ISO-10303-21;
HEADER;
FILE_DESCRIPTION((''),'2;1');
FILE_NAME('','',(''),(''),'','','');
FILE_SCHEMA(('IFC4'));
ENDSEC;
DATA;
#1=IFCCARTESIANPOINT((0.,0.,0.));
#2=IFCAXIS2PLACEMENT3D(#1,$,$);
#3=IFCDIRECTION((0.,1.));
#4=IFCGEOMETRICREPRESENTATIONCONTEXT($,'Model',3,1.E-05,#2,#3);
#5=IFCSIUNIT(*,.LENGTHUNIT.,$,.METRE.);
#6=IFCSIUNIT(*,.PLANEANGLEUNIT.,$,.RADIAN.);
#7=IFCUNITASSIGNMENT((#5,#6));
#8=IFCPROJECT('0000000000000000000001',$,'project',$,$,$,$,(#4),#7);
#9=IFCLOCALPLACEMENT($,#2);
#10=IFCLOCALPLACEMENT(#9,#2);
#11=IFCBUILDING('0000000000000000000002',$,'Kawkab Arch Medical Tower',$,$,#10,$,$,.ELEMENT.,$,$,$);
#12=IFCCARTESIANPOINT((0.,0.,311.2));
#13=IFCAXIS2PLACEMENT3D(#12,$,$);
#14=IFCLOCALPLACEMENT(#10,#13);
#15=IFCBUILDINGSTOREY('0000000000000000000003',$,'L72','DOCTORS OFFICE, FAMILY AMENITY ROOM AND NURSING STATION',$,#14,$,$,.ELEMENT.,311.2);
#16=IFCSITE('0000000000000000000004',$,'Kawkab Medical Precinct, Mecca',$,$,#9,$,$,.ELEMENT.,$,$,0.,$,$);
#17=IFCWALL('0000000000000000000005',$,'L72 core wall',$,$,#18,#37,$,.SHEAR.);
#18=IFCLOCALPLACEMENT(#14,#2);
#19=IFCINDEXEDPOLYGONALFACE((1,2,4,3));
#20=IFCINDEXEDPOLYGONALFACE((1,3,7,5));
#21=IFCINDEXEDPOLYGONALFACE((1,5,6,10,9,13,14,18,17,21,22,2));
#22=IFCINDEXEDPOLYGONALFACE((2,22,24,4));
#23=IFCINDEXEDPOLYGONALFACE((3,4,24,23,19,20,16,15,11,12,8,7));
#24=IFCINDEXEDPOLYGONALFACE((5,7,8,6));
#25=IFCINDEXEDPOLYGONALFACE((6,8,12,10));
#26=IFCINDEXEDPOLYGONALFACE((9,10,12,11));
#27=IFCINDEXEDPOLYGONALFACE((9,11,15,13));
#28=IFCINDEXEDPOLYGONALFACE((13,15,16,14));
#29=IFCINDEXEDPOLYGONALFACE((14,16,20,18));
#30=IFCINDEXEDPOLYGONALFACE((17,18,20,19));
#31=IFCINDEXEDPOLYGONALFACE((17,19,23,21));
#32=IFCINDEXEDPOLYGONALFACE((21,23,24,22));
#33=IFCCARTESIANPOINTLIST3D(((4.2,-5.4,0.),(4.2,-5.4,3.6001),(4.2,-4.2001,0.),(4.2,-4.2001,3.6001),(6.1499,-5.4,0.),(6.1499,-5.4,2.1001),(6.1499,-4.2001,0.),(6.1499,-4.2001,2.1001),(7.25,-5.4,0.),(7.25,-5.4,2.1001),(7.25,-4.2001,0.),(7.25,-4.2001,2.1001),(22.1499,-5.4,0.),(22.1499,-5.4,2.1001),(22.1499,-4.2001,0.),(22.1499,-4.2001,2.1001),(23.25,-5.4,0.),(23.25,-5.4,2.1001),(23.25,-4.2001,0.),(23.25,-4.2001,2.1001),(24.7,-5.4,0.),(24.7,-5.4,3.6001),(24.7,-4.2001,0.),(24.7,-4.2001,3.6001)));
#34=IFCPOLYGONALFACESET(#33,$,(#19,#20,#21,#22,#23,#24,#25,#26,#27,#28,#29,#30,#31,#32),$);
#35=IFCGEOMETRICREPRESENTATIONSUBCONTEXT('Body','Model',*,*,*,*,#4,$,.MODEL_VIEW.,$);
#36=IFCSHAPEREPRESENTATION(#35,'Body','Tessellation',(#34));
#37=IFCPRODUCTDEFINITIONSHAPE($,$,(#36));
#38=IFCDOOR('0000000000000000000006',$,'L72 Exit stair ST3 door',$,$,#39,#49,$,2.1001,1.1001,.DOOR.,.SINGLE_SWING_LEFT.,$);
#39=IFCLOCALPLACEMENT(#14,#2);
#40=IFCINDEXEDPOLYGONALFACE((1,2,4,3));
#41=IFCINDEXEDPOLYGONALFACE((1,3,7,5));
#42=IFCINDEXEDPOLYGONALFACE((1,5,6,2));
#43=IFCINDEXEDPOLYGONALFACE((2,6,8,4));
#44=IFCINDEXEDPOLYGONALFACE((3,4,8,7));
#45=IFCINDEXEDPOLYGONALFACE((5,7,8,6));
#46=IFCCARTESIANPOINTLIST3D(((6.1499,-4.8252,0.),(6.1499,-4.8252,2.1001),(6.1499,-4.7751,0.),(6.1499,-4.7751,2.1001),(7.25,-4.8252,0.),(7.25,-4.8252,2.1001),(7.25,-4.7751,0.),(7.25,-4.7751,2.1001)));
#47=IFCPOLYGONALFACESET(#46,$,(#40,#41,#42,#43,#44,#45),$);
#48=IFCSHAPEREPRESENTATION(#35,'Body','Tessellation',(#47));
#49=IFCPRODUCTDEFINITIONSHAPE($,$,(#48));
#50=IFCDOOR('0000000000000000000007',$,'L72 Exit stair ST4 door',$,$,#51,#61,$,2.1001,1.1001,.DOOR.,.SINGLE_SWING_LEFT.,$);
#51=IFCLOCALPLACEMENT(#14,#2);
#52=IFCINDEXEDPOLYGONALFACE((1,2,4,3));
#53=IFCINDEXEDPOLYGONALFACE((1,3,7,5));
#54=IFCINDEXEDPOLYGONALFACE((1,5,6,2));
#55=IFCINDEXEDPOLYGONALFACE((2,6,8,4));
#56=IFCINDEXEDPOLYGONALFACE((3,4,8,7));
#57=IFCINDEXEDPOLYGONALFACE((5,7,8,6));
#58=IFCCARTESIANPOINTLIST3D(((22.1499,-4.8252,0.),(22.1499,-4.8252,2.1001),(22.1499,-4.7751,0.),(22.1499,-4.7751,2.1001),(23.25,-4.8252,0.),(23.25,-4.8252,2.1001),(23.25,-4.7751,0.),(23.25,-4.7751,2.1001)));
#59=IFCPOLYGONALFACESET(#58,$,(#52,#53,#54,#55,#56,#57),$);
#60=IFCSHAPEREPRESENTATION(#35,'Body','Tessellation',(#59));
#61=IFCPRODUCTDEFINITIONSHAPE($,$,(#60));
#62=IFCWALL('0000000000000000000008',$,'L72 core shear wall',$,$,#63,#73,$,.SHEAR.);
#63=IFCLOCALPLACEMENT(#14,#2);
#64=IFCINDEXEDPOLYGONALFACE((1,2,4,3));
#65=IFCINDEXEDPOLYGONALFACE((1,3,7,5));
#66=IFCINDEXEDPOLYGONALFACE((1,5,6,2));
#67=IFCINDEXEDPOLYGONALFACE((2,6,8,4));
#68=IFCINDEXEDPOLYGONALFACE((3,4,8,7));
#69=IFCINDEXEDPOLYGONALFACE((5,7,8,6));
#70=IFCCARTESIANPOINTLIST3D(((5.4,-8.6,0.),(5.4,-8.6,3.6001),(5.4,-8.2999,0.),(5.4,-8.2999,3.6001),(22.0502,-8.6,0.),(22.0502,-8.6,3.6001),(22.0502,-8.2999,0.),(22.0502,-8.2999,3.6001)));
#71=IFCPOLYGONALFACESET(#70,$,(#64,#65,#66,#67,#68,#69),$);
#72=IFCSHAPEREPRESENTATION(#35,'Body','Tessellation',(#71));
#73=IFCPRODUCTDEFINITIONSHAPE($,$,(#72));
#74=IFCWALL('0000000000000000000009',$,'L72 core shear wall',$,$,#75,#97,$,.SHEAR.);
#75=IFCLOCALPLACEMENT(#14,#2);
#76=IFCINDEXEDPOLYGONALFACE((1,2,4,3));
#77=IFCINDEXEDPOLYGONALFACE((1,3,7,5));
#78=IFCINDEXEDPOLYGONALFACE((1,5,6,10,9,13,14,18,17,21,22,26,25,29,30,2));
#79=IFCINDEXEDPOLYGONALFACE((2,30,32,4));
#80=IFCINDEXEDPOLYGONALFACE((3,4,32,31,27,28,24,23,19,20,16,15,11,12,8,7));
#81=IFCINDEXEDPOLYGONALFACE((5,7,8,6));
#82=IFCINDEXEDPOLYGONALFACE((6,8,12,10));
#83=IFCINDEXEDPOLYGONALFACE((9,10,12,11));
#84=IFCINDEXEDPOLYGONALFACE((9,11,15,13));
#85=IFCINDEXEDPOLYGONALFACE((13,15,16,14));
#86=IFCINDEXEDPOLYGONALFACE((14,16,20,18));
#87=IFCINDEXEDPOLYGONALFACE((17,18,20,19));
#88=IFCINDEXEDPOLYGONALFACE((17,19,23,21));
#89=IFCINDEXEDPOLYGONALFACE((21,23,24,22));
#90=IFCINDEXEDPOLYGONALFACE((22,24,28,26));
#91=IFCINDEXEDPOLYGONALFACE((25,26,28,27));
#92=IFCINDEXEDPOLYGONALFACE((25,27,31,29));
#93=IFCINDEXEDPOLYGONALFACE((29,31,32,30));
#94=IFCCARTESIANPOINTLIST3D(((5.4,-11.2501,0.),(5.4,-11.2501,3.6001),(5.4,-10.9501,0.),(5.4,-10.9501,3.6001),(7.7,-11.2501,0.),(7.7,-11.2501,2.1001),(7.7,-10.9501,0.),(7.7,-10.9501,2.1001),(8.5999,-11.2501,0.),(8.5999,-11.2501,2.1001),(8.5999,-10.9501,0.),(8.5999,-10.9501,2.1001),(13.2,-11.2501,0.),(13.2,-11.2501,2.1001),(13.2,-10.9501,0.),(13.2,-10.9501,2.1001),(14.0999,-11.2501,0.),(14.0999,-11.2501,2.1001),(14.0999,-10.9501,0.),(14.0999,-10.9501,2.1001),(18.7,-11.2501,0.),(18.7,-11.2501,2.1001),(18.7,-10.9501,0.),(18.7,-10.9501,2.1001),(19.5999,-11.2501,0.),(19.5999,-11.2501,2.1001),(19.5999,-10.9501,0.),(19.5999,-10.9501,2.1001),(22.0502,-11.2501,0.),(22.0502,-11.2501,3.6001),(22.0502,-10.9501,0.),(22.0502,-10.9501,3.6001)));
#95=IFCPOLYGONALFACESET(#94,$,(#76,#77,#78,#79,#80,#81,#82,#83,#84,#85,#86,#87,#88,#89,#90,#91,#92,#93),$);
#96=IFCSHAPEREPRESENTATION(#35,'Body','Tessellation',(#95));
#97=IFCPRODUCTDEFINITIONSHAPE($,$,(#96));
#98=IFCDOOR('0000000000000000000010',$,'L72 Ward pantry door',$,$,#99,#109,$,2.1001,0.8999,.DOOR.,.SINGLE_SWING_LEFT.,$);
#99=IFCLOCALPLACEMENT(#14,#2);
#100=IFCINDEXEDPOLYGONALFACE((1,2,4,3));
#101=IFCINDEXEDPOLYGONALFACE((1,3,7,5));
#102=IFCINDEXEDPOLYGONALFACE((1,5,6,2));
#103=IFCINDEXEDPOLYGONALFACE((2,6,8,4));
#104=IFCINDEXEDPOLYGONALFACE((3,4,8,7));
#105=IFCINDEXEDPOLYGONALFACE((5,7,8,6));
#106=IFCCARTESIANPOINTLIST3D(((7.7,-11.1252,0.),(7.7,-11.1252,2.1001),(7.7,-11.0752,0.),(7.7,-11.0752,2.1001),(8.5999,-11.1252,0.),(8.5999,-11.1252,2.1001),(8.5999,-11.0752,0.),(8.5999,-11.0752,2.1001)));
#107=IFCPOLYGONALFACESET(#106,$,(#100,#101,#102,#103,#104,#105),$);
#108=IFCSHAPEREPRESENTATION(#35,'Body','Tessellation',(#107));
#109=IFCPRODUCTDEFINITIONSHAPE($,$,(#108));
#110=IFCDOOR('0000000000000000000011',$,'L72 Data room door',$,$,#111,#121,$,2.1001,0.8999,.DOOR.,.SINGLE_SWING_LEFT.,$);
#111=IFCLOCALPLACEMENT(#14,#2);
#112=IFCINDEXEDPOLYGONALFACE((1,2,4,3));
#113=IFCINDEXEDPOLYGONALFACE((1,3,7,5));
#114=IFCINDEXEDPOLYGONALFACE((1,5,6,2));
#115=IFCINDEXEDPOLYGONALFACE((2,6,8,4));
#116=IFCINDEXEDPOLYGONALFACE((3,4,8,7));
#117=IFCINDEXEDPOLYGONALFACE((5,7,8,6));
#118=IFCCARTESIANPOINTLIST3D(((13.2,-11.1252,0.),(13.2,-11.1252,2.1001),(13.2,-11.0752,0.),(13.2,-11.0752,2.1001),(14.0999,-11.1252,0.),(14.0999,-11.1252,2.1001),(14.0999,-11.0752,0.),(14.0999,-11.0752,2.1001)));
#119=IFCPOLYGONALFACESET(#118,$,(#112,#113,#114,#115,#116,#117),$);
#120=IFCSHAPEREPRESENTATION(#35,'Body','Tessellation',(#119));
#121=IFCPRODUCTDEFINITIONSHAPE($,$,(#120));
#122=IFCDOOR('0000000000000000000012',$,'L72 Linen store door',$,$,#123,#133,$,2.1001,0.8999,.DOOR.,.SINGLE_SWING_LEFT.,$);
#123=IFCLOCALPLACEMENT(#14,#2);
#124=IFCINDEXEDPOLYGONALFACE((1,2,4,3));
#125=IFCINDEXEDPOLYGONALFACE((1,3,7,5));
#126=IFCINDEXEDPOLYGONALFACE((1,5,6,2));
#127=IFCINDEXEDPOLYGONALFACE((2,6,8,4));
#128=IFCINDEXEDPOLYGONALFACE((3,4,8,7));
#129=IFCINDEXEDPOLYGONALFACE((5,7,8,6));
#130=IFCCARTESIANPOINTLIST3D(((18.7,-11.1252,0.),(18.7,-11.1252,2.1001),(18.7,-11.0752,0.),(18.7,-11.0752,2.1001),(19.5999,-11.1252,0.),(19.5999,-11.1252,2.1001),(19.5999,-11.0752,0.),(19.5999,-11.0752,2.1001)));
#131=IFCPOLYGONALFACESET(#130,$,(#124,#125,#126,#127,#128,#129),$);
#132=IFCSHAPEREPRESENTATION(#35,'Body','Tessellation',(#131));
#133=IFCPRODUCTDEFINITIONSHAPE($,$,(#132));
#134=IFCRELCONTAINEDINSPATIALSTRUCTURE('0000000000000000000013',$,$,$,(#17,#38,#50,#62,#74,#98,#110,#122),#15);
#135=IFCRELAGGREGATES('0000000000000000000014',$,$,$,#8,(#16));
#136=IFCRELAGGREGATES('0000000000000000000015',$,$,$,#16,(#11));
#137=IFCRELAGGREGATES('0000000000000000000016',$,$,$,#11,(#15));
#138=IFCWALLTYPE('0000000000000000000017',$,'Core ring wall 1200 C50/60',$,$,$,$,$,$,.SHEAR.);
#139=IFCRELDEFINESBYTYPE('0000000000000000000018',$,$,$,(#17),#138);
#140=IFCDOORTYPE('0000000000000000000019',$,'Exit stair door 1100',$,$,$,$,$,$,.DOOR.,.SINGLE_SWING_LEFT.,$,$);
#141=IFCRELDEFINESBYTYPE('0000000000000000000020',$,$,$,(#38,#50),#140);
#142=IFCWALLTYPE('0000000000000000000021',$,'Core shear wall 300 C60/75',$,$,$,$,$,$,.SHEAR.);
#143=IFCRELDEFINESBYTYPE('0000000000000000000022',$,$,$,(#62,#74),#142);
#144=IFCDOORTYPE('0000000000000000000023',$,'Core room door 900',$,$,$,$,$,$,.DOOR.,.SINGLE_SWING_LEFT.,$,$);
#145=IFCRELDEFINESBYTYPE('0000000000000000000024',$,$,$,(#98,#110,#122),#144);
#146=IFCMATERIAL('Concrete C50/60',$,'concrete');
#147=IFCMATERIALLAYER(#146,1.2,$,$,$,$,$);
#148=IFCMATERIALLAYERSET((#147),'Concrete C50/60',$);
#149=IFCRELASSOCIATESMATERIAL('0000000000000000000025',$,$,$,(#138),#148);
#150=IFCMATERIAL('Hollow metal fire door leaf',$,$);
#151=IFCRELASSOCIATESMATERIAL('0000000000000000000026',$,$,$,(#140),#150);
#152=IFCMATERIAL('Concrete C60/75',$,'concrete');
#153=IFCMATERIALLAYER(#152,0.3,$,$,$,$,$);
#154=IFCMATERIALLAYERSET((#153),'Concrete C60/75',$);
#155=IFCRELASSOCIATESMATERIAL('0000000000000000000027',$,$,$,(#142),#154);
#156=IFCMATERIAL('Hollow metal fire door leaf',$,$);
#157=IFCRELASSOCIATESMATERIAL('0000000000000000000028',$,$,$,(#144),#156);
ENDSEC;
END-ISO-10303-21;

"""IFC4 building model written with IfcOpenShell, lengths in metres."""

from ifc_helpers import new_model, si_unit, direction, frame, frame_2d, origin, place, context, subcontext, project, spatial, rectangle, extrude, material, layer, layer_set, type_object, element, fill, save


model = new_model("IFC4")

# Units and contexts
model_context = context("Model", 3, precision=1e-05, world=origin(), true_north=direction((0.0, 1.0)))
body_context = subcontext(model_context, "Body", "Model", "MODEL_VIEW")
ifc_project = project(units=[si_unit("LENGTHUNIT", "METRE"), si_unit("PLANEANGLEUNIT", "RADIAN")], contexts=[model_context])

# Site, building, storey
site_placement = place(None, origin())
site = spatial("IfcSite", under=ifc_project, at=site_placement, Name="Kawkab Medical Precinct, Mecca", CompositionType="ELEMENT", RefElevation=0.0)
building_placement = place(site_placement, origin())
building = spatial("IfcBuilding", under=site, at=building_placement, Name="Kawkab Arch Medical Tower", CompositionType="ELEMENT")
storey_placement = place(building_placement, frame((0.0, 0.0, 311.2)))
storey = spatial("IfcBuildingStorey", under=building, at=storey_placement, Name="L72", Description="DOCTORS OFFICE, FAMILY AMENITY ROOM AND NURSING STATION", CompositionType="ELEMENT", Elevation=311.2)

# Wall, openings, doors
ifc_material_1 = material(Name="Concrete C50/60", Category="concrete")
ifc_layer_1 = layer(ifc_material_1, 1.2)
ifc_layer_set_1 = layer_set([ifc_layer_1], Name="Concrete C50/60")
wall_type_1 = type_object("IfcWallType", Name="Core ring wall 1200 C50/60", PredefinedType="SHEAR", material=ifc_layer_set_1)
wall_1_placement = place(storey_placement, frame((4.2, -4.8, 0.0), z_axis=(0.0, 0.0, 1.0), x_axis=(1.0, 0.0, 0.0)))
wall_1 = element("IfcWall", 1, at=wall_1_placement, inside=storey, type_object=wall_type_1, Name="L72 core wall", PredefinedType="SHEAR", context=body_context, shape_type="SweptSolid", body=[
    extrude(rectangle(XDim=20.5, YDim=1.2, at=frame_2d((10.25, 0.0))), origin(), (0.0, 0.0, 1.0), 3.6001),
])
opening_1_placement = place(wall_1_placement, frame((1.95, 0.0, 0.0)))
opening_1 = element("IfcOpeningElement", 2, at=opening_1_placement, cuts=wall_1, PredefinedType="OPENING", context=body_context, shape_type="SweptSolid", body=[
    extrude(rectangle(XDim=1.1001, YDim=2.1001, at=frame_2d((0.55, 1.05))), frame((0.0, 0.6099, 0.0), z_axis=(0.0, -1.0, 0.0), x_axis=(1.0, 0.0, 0.0)), (0.0, 0.0, 1.0), 1.22),
])
opening_2_placement = place(wall_1_placement, frame((17.95, 0.0, 0.0)))
opening_2 = element("IfcOpeningElement", 3, at=opening_2_placement, cuts=wall_1, PredefinedType="OPENING", context=body_context, shape_type="SweptSolid", body=[
    extrude(rectangle(XDim=1.1001, YDim=2.1001, at=frame_2d((0.55, 1.05))), frame((0.0, 0.6099, 0.0), z_axis=(0.0, -1.0, 0.0), x_axis=(1.0, 0.0, 0.0)), (0.0, 0.0, 1.0), 1.22),
])
ifc_material_2 = material(Name="Hollow metal fire door leaf")
door_type_1 = type_object("IfcDoorType", Name="Exit stair door 1100", OperationType="SINGLE_SWING_LEFT", PredefinedType="DOOR", material=ifc_material_2)
door_1_placement = place(opening_1_placement, origin())
door_1 = element("IfcDoor", 4, at=door_1_placement, inside=storey, type_object=door_type_1, Name="L72 Exit stair ST3 door", OperationType="SINGLE_SWING_LEFT", OverallHeight=2.1001, OverallWidth=1.1001, PredefinedType="DOOR", context=body_context, shape_type="SweptSolid", body=[
    extrude(rectangle(XDim=1.1001, YDim=2.1001, at=frame_2d((0.55, 1.05))), frame((0.0, 0.0249, 0.0), z_axis=(0.0, -1.0, 0.0), x_axis=(1.0, 0.0, 0.0)), (0.0, 0.0, 1.0), 0.05),
])
fill(opening_1, door_1)
door_2_placement = place(opening_2_placement, origin())
door_2 = element("IfcDoor", 5, at=door_2_placement, inside=storey, type_object=door_type_1, Name="L72 Exit stair ST4 door", OperationType="SINGLE_SWING_LEFT", OverallHeight=2.1001, OverallWidth=1.1001, PredefinedType="DOOR", context=body_context, shape_type="SweptSolid", body=[
    extrude(rectangle(XDim=1.1001, YDim=2.1001, at=frame_2d((0.55, 1.05))), frame((0.0, 0.0249, 0.0), z_axis=(0.0, -1.0, 0.0), x_axis=(1.0, 0.0, 0.0)), (0.0, 0.0, 1.0), 0.05),
])
fill(opening_2, door_2)

# Wall
ifc_material_3 = material(Name="Concrete C60/75", Category="concrete")
ifc_layer_2 = layer(ifc_material_3, 0.3)
ifc_layer_set_2 = layer_set([ifc_layer_2], Name="Concrete C60/75")
wall_type_2 = type_object("IfcWallType", Name="Core shear wall 300 C60/75", PredefinedType="SHEAR", material=ifc_layer_set_2)
wall_2_placement = place(storey_placement, frame((5.3999, -8.45, 0.0), z_axis=(0.0, 0.0, 1.0), x_axis=(1.0, 0.0, 0.0)))
element("IfcWall", 6, at=wall_2_placement, inside=storey, type_object=wall_type_2, Name="L72 core shear wall", PredefinedType="SHEAR", context=body_context, shape_type="SweptSolid", body=[
    extrude(rectangle(XDim=16.6501, YDim=0.3, at=frame_2d((8.3252, 0.0))), origin(), (0.0, 0.0, 1.0), 3.6001),
])

# Wall, openings, doors
wall_3_placement = place(storey_placement, frame((5.3999, -11.1001, 0.0), z_axis=(0.0, 0.0, 1.0), x_axis=(1.0, 0.0, 0.0)))
wall_3 = element("IfcWall", 7, at=wall_3_placement, inside=storey, type_object=wall_type_2, Name="L72 core shear wall", PredefinedType="SHEAR", context=body_context, shape_type="SweptSolid", body=[
    extrude(rectangle(XDim=16.6501, YDim=0.3, at=frame_2d((8.3252, 0.0))), origin(), (0.0, 0.0, 1.0), 3.6001),
])
opening_3_placement = place(wall_3_placement, frame((2.3, 0.0, 0.0)))
opening_3 = element("IfcOpeningElement", 8, at=opening_3_placement, cuts=wall_3, PredefinedType="OPENING", context=body_context, shape_type="SweptSolid", body=[
    extrude(rectangle(XDim=0.8999, YDim=2.1001, at=frame_2d((0.45, 1.05))), frame((0.0, 0.1599, 0.0), z_axis=(0.0, -1.0, 0.0), x_axis=(1.0, 0.0, 0.0)), (0.0, 0.0, 1.0), 0.3201),
])
opening_4_placement = place(wall_3_placement, frame((7.8, 0.0, 0.0)))
opening_4 = element("IfcOpeningElement", 9, at=opening_4_placement, cuts=wall_3, PredefinedType="OPENING", context=body_context, shape_type="SweptSolid", body=[
    extrude(rectangle(XDim=0.8999, YDim=2.1001, at=frame_2d((0.45, 1.05))), frame((0.0, 0.1599, 0.0), z_axis=(0.0, -1.0, 0.0), x_axis=(1.0, 0.0, 0.0)), (0.0, 0.0, 1.0), 0.3201),
])
opening_5_placement = place(wall_3_placement, frame((13.3, 0.0, 0.0)))
opening_5 = element("IfcOpeningElement", 10, at=opening_5_placement, cuts=wall_3, PredefinedType="OPENING", context=body_context, shape_type="SweptSolid", body=[
    extrude(rectangle(XDim=0.8999, YDim=2.1001, at=frame_2d((0.45, 1.05))), frame((0.0, 0.1599, 0.0), z_axis=(0.0, -1.0, 0.0), x_axis=(1.0, 0.0, 0.0)), (0.0, 0.0, 1.0), 0.3201),
])
ifc_material_4 = material(Name="Hollow metal fire door leaf")
door_type_2 = type_object("IfcDoorType", Name="Core room door 900", OperationType="SINGLE_SWING_LEFT", PredefinedType="DOOR", material=ifc_material_4)
door_3_placement = place(opening_3_placement, origin())
door_3 = element("IfcDoor", 11, at=door_3_placement, inside=storey, type_object=door_type_2, Name="L72 Ward pantry door", OperationType="SINGLE_SWING_LEFT", OverallHeight=2.1001, OverallWidth=0.8999, PredefinedType="DOOR", context=body_context, shape_type="SweptSolid", body=[
    extrude(rectangle(XDim=0.8999, YDim=2.1001, at=frame_2d((0.45, 1.05))), frame((0.0, 0.0249, 0.0), z_axis=(0.0, -1.0, 0.0), x_axis=(1.0, 0.0, 0.0)), (0.0, 0.0, 1.0), 0.05),
])
fill(opening_3, door_3)
door_4_placement = place(opening_4_placement, origin())
door_4 = element("IfcDoor", 12, at=door_4_placement, inside=storey, type_object=door_type_2, Name="L72 Data room door", OperationType="SINGLE_SWING_LEFT", OverallHeight=2.1001, OverallWidth=0.8999, PredefinedType="DOOR", context=body_context, shape_type="SweptSolid", body=[
    extrude(rectangle(XDim=0.8999, YDim=2.1001, at=frame_2d((0.45, 1.05))), frame((0.0, 0.0249, 0.0), z_axis=(0.0, -1.0, 0.0), x_axis=(1.0, 0.0, 0.0)), (0.0, 0.0, 1.0), 0.05),
])
fill(opening_4, door_4)
door_5_placement = place(opening_5_placement, origin())
door_5 = element("IfcDoor", 13, at=door_5_placement, inside=storey, type_object=door_type_2, Name="L72 Linen store door", OperationType="SINGLE_SWING_LEFT", OverallHeight=2.1001, OverallWidth=0.8999, PredefinedType="DOOR", context=body_context, shape_type="SweptSolid", body=[
    extrude(rectangle(XDim=0.8999, YDim=2.1001, at=frame_2d((0.45, 1.05))), frame((0.0, 0.0249, 0.0), z_axis=(0.0, -1.0, 0.0), x_axis=(1.0, 0.0, 0.0)), (0.0, 0.0, 1.0), 0.05),
])
fill(opening_5, door_5)

save(model, "model.ifc")
